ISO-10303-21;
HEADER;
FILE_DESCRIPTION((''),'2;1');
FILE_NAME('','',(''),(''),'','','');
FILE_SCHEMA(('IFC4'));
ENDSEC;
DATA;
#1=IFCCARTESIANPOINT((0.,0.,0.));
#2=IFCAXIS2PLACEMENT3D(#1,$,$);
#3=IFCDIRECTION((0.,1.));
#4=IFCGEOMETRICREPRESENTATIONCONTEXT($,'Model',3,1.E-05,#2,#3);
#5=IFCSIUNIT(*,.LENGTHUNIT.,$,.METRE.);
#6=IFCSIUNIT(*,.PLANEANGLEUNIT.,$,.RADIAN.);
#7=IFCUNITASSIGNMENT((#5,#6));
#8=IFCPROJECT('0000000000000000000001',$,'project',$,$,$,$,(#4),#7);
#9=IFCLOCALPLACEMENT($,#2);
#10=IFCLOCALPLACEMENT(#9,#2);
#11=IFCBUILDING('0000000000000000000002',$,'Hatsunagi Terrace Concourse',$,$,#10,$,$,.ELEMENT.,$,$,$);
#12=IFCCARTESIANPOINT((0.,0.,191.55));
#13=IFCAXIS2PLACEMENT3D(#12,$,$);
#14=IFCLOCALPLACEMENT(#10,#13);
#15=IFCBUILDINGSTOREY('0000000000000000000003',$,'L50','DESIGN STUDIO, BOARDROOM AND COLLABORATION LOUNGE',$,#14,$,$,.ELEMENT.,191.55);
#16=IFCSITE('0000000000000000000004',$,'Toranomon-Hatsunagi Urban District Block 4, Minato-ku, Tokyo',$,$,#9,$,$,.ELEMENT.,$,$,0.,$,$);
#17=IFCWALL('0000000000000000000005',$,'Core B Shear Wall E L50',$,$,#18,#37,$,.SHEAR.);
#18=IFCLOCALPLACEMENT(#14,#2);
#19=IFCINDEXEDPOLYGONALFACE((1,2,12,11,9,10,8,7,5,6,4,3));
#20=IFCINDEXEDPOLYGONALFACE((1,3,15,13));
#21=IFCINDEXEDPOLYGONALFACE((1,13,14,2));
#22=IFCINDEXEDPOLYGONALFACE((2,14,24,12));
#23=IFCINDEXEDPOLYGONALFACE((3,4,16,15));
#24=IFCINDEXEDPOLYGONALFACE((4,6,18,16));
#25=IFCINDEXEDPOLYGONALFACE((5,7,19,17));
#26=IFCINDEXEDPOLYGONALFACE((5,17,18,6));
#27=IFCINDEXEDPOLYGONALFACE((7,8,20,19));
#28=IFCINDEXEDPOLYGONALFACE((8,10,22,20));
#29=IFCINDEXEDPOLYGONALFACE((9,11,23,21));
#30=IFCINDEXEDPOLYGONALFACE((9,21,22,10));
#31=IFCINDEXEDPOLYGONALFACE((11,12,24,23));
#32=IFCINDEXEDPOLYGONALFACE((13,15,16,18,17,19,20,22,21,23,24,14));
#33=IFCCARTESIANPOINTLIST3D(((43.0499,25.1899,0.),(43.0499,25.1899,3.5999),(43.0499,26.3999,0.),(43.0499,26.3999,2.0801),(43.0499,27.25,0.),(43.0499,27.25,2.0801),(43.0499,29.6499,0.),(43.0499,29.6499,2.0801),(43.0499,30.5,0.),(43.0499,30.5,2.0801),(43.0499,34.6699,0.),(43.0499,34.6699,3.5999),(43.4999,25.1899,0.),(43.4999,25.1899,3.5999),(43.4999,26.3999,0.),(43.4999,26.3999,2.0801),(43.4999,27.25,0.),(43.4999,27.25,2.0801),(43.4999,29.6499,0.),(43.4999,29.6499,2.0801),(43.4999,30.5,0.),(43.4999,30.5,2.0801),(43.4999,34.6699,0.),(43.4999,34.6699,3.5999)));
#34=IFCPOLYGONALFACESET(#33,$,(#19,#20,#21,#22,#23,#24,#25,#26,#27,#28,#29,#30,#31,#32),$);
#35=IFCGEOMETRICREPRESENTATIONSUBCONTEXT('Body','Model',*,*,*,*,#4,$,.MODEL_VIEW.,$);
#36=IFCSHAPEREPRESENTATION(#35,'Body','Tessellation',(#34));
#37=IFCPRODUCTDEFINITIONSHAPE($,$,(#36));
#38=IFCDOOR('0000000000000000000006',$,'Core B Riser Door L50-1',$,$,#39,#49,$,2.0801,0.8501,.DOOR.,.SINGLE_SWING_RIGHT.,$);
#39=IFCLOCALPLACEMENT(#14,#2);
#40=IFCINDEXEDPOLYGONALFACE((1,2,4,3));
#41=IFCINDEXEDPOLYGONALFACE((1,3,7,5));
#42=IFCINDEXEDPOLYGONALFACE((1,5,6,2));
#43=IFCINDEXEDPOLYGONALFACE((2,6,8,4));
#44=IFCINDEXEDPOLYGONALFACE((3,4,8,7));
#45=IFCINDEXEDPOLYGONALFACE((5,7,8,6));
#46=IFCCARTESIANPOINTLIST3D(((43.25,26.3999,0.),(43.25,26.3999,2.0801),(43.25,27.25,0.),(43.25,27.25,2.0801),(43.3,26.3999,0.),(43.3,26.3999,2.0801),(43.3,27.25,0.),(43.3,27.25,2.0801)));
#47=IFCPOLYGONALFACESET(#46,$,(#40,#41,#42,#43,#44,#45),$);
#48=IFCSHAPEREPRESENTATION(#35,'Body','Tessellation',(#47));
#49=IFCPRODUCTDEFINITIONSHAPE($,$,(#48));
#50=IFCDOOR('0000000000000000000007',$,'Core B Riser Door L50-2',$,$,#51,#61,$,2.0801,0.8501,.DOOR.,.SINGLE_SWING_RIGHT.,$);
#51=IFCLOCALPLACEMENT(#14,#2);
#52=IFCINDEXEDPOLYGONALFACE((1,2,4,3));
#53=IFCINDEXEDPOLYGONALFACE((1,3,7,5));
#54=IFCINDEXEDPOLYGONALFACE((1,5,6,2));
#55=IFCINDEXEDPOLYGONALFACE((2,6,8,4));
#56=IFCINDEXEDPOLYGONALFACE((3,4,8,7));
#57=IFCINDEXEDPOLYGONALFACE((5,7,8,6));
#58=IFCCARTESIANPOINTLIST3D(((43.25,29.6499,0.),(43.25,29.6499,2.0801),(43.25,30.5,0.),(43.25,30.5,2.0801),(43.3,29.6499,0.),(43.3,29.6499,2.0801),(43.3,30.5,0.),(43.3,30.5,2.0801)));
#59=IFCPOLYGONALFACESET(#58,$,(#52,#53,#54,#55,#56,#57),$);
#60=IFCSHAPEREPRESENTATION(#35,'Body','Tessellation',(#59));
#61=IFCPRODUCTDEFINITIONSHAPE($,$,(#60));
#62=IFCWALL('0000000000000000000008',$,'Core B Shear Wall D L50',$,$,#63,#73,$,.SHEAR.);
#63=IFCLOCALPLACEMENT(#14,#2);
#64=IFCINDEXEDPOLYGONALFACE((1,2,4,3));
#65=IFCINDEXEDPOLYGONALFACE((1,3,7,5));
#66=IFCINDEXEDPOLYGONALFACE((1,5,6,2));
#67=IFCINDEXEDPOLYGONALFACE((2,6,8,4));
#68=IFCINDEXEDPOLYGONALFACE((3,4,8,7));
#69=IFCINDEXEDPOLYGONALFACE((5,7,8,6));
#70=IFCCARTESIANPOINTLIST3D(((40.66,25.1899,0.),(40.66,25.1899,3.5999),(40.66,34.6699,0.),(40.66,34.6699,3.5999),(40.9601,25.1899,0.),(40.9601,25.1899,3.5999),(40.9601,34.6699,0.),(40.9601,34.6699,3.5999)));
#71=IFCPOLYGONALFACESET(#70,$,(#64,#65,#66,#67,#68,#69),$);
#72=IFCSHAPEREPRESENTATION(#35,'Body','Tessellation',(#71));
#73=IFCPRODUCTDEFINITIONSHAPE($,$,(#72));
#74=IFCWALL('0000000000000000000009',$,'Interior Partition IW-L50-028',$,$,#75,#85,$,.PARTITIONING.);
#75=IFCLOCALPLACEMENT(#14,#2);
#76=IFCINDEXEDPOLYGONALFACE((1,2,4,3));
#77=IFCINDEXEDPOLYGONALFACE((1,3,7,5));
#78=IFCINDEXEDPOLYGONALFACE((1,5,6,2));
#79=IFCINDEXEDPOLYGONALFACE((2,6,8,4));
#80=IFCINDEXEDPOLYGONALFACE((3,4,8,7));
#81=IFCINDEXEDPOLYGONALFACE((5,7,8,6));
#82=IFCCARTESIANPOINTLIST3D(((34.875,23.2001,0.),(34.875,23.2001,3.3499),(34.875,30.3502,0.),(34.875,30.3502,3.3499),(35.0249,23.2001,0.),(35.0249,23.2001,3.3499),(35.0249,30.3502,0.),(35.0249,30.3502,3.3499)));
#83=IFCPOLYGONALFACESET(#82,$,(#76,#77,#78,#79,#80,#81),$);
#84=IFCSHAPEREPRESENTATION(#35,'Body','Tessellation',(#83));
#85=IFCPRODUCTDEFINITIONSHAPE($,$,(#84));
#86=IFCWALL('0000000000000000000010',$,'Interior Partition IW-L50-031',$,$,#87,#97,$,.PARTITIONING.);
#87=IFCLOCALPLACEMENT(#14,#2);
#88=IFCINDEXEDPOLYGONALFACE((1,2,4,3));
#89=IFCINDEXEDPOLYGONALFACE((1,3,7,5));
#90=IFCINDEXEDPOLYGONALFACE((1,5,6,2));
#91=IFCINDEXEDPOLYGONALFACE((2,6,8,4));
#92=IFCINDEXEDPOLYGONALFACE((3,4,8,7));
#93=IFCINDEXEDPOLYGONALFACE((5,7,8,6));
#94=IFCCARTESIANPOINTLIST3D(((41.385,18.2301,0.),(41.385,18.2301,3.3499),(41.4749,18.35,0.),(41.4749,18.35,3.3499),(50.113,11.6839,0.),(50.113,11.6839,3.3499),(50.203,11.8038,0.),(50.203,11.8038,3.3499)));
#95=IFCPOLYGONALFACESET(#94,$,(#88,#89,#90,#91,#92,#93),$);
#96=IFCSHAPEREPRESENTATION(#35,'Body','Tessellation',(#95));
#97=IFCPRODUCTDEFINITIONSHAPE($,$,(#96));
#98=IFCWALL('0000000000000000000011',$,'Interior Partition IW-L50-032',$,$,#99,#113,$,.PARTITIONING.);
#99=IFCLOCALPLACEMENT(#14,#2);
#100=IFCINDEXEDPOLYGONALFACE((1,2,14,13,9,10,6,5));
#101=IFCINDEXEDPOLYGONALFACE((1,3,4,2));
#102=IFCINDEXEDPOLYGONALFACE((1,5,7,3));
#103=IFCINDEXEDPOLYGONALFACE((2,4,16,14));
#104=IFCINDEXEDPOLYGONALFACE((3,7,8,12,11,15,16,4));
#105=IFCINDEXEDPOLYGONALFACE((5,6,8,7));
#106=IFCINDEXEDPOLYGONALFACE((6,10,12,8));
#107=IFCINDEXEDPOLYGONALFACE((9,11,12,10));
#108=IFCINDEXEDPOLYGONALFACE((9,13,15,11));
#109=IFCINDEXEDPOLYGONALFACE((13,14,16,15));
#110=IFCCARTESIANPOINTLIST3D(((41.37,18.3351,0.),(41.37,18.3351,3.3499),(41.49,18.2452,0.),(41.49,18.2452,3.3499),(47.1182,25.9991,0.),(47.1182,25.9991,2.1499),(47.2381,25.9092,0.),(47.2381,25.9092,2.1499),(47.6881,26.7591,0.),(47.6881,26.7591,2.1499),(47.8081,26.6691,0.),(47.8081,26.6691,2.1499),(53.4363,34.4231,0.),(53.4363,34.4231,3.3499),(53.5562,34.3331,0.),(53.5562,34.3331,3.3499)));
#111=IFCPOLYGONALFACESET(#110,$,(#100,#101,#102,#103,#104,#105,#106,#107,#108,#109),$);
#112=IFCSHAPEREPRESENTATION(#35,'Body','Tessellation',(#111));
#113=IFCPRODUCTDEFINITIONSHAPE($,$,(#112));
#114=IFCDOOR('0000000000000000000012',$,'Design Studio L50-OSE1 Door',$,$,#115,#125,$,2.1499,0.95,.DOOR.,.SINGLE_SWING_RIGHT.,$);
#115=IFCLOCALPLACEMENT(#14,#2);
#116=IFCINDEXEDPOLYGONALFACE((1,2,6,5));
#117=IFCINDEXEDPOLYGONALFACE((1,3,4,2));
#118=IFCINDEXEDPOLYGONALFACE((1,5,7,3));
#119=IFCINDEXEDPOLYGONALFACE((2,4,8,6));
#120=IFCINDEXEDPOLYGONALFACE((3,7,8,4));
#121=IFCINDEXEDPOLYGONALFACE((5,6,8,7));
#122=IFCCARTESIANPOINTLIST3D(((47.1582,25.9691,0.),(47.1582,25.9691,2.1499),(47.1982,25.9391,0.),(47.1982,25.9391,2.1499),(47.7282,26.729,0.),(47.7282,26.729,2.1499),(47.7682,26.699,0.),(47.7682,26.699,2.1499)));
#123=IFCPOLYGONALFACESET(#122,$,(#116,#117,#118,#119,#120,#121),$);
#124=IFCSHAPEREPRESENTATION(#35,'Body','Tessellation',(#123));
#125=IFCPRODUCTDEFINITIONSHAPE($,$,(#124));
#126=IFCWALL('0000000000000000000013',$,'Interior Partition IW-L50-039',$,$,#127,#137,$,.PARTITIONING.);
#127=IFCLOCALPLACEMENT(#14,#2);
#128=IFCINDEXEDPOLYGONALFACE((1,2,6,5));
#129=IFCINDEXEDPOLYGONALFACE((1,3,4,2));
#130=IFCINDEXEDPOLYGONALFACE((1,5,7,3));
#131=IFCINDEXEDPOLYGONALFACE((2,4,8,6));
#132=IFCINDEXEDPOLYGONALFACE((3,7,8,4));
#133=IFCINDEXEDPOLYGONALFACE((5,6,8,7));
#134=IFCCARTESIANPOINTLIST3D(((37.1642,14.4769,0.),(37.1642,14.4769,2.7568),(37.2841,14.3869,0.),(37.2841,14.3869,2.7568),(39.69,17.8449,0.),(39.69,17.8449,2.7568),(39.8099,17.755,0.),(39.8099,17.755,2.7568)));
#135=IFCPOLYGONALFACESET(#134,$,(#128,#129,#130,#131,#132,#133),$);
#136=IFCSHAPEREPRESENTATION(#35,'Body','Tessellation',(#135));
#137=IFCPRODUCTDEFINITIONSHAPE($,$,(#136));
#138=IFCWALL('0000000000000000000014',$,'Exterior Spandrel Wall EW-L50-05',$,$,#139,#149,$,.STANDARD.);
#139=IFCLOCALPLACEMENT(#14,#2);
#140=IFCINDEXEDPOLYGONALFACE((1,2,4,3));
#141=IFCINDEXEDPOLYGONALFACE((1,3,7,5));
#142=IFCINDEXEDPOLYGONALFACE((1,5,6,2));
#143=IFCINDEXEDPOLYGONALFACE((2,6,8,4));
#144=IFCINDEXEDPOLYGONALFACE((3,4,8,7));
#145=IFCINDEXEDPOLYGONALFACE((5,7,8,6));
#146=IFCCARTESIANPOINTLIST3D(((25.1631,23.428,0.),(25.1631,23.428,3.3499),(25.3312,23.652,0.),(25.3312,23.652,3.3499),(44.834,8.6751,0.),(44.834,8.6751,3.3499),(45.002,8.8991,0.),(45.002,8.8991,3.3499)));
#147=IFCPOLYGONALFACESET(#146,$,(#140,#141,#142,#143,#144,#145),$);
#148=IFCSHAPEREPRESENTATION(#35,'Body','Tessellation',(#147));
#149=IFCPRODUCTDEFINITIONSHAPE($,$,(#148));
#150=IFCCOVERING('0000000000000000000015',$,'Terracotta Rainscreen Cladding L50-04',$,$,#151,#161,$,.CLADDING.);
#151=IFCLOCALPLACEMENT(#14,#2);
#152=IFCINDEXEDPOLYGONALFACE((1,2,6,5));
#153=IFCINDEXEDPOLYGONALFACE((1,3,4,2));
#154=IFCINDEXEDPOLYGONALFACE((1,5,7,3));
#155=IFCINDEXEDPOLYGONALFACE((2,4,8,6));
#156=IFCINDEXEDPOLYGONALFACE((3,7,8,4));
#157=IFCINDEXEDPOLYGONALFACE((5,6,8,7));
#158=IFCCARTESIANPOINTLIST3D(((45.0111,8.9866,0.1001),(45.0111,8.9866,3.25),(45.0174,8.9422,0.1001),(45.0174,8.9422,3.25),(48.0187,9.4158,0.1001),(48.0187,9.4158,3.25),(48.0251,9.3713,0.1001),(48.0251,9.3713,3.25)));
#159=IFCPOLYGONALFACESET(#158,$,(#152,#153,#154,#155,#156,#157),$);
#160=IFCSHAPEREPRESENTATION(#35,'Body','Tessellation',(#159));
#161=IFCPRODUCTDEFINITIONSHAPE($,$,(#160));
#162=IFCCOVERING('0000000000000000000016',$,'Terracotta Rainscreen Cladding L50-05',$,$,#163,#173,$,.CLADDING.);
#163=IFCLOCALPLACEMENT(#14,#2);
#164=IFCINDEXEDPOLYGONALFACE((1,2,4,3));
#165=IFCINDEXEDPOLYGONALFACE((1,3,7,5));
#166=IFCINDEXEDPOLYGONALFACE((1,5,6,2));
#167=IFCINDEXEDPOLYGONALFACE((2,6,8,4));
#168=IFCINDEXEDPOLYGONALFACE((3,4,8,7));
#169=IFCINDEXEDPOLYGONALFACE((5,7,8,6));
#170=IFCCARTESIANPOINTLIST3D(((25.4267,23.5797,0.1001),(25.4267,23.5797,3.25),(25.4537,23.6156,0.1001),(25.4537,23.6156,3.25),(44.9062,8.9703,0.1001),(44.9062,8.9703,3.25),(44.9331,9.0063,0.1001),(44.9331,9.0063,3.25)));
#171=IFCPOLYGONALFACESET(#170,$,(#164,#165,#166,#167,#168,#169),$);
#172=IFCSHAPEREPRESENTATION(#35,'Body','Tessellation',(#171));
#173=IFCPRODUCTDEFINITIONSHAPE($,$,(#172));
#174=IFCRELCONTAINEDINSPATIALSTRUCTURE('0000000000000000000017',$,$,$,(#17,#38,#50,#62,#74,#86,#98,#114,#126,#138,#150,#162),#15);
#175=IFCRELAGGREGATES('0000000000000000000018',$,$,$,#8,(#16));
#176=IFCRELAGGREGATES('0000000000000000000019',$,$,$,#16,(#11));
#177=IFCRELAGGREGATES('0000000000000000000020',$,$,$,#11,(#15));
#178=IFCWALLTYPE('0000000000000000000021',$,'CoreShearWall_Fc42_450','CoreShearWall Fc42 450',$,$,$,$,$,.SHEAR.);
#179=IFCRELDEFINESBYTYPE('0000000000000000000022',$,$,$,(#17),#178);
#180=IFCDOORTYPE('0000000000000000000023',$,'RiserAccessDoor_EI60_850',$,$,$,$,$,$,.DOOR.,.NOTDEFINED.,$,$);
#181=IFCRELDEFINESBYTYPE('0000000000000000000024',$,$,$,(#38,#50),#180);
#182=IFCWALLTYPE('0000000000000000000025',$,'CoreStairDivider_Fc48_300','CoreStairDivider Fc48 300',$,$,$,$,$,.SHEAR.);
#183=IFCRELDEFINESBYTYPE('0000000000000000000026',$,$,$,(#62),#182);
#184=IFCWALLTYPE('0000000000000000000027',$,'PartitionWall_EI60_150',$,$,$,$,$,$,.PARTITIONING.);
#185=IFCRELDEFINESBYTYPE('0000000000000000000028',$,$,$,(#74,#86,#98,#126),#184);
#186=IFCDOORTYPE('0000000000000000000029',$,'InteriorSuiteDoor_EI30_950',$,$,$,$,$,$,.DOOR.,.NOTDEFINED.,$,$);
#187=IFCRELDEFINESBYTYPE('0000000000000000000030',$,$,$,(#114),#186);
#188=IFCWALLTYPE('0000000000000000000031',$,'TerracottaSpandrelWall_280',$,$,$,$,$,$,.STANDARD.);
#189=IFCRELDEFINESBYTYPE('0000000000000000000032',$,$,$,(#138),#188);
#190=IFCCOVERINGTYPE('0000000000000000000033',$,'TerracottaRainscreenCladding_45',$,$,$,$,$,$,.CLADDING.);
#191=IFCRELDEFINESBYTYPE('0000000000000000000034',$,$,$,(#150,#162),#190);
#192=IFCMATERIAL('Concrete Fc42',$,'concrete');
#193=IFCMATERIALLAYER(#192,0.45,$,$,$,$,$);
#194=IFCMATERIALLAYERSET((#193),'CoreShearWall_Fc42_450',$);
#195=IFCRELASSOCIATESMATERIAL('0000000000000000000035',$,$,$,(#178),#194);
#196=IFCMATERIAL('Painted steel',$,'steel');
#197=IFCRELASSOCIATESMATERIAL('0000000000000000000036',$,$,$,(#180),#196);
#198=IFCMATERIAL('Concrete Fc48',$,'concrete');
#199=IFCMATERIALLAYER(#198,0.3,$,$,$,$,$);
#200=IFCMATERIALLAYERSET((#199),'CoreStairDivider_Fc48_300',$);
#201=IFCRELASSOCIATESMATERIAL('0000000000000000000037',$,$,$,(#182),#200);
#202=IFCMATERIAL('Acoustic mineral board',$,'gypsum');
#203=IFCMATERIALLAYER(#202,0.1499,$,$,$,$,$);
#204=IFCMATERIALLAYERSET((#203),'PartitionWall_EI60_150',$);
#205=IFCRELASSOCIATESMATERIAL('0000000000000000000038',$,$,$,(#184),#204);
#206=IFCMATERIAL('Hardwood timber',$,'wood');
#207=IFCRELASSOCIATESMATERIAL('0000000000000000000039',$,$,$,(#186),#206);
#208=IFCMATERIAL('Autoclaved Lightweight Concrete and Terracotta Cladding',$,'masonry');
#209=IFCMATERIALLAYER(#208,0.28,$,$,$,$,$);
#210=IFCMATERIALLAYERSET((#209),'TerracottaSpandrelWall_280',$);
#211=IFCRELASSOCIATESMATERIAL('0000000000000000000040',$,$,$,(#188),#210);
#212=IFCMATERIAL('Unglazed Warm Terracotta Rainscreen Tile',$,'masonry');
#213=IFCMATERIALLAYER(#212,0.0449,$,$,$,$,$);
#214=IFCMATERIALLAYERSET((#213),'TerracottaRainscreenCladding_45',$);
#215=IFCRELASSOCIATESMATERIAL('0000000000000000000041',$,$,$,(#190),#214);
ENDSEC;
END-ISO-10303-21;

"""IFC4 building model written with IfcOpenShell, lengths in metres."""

from ifc_helpers import new_model, si_unit, direction, frame, frame_2d, origin, origin_2d, place, context, subcontext, project, spatial, rectangle, extrude, material, layer, layer_set, type_object, element, fill, save


model = new_model("IFC4")

# Units and contexts
model_context = context("Model", 3, precision=1e-05, world=origin(), true_north=direction((0.0, 1.0)))
body_context = subcontext(model_context, "Body", "Model", "MODEL_VIEW")
ifc_project = project(units=[si_unit("LENGTHUNIT", "METRE"), si_unit("PLANEANGLEUNIT", "RADIAN")], contexts=[model_context])

# Site, building, storey
site_placement = place(None, origin())
site = spatial("IfcSite", under=ifc_project, at=site_placement, Name="Toranomon-Hatsunagi Urban District Block 4, Minato-ku, Tokyo", CompositionType="ELEMENT", RefElevation=0.0)
building_placement = place(site_placement, origin())
building = spatial("IfcBuilding", under=site, at=building_placement, Name="Hatsunagi Terrace Concourse", CompositionType="ELEMENT")
storey_placement = place(building_placement, frame((0.0, 0.0, 191.55)))
storey = spatial("IfcBuildingStorey", under=building, at=storey_placement, Name="L50", Description="DESIGN STUDIO, BOARDROOM AND COLLABORATION LOUNGE", CompositionType="ELEMENT", Elevation=191.55)

# Shared definitions
ifc_material_1 = material(Name="Concrete Fc42", Category="concrete")
ifc_layer_1 = layer(ifc_material_1, 0.45)
ifc_layer_set_1 = layer_set([ifc_layer_1], Name="CoreShearWall_Fc42_450")
wall_type_1 = type_object("IfcWallType", Name="CoreShearWall_Fc42_450", Description="CoreShearWall Fc42 450", PredefinedType="SHEAR", material=ifc_layer_set_1)

# Wall, openings, doors
wall_1_placement = place(storey_placement, frame((43.2749, 25.1899, 0.0), z_axis=(0.0, 0.0, 1.0), x_axis=(0.0, 1.0, 0.0)))
wall_1 = element("IfcWall", 1, at=wall_1_placement, inside=storey, type_object=wall_type_1, Name="Core B Shear Wall E L50", PredefinedType="SHEAR", context=body_context, shape_type="SweptSolid", body=[
    extrude(rectangle(XDim=9.48, YDim=0.45, at=frame_2d((4.74, 0.0))), origin(), (0.0, 0.0, 1.0), 3.5999),
])
opening_1_placement = place(wall_1_placement, frame((1.21, 0.0, 0.0)))
opening_1 = element("IfcOpeningElement", 2, at=opening_1_placement, cuts=wall_1, PredefinedType="OPENING", context=body_context, shape_type="SweptSolid", body=[
    extrude(rectangle(XDim=0.8501, YDim=2.0801, at=frame_2d((0.425, 1.04))), frame((0.0, 0.2349, 0.0), z_axis=(0.0, -1.0, 0.0), x_axis=(1.0, 0.0, 0.0)), (0.0, 0.0, 1.0), 0.47),
])
opening_2_placement = place(wall_1_placement, frame((4.46, 0.0, 0.0)))
opening_2 = element("IfcOpeningElement", 3, at=opening_2_placement, cuts=wall_1, PredefinedType="OPENING", context=body_context, shape_type="SweptSolid", body=[
    extrude(rectangle(XDim=0.8501, YDim=2.0801, at=frame_2d((0.425, 1.04))), frame((0.0, 0.2349, 0.0), z_axis=(0.0, -1.0, 0.0), x_axis=(1.0, 0.0, 0.0)), (0.0, 0.0, 1.0), 0.47),
])
ifc_material_2 = material(Name="Painted steel", Category="steel")
door_type_1 = type_object("IfcDoorType", Name="RiserAccessDoor_EI60_850", OperationType="NOTDEFINED", PredefinedType="DOOR", material=ifc_material_2)
door_1_placement = place(opening_1_placement, origin())
door_1 = element("IfcDoor", 4, at=door_1_placement, inside=storey, type_object=door_type_1, Name="Core B Riser Door L50-1", OperationType="SINGLE_SWING_RIGHT", OverallHeight=2.0801, OverallWidth=0.8501, PredefinedType="DOOR", context=body_context, shape_type="SweptSolid", body=[
    extrude(rectangle(XDim=0.8501, YDim=2.0801, at=frame_2d((0.425, 1.04))), frame((0.0, 0.0249, 0.0), z_axis=(0.0, -1.0, 0.0), x_axis=(1.0, 0.0, 0.0)), (0.0, 0.0, 1.0), 0.05),
])
fill(opening_1, door_1)
door_2_placement = place(opening_2_placement, origin())
door_2 = element("IfcDoor", 5, at=door_2_placement, inside=storey, type_object=door_type_1, Name="Core B Riser Door L50-2", OperationType="SINGLE_SWING_RIGHT", OverallHeight=2.0801, OverallWidth=0.8501, PredefinedType="DOOR", context=body_context, shape_type="SweptSolid", body=[
    extrude(rectangle(XDim=0.8501, YDim=2.0801, at=frame_2d((0.425, 1.04))), frame((0.0, 0.0249, 0.0), z_axis=(0.0, -1.0, 0.0), x_axis=(1.0, 0.0, 0.0)), (0.0, 0.0, 1.0), 0.05),
])
fill(opening_2, door_2)

# Walls
ifc_material_3 = material(Name="Concrete Fc48", Category="concrete")
ifc_layer_2 = layer(ifc_material_3, 0.3)
ifc_layer_set_2 = layer_set([ifc_layer_2], Name="CoreStairDivider_Fc48_300")
wall_type_2 = type_object("IfcWallType", Name="CoreStairDivider_Fc48_300", Description="CoreStairDivider Fc48 300", PredefinedType="SHEAR", material=ifc_layer_set_2)
wall_2_placement = place(storey_placement, frame((40.8101, 25.1899, 0.0), z_axis=(0.0, 0.0, 1.0), x_axis=(0.0, 1.0, 0.0)))
element("IfcWall", 6, at=wall_2_placement, inside=storey, type_object=wall_type_2, Name="Core B Shear Wall D L50", PredefinedType="SHEAR", context=body_context, shape_type="SweptSolid", body=[
    extrude(rectangle(XDim=9.48, YDim=0.3, at=frame_2d((4.74, 0.0))), origin(), (0.0, 0.0, 1.0), 3.5999),
])
ifc_material_4 = material(Name="Acoustic mineral board", Category="gypsum")
ifc_layer_3 = layer(ifc_material_4, 0.1499)
ifc_layer_set_3 = layer_set([ifc_layer_3], Name="PartitionWall_EI60_150")
wall_type_3 = type_object("IfcWallType", Name="PartitionWall_EI60_150", PredefinedType="PARTITIONING", material=ifc_layer_set_3)
wall_3_placement = place(storey_placement, frame((34.95, 23.2, 0.0), z_axis=(0.0, 0.0, 1.0), x_axis=(0.0, 1.0, 0.0)))
element("IfcWall", 7, at=wall_3_placement, inside=storey, type_object=wall_type_3, Name="Interior Partition IW-L50-028", PredefinedType="PARTITIONING", context=body_context, shape_type="SweptSolid", body=[
    extrude(rectangle(XDim=7.1501, YDim=0.1499, at=frame_2d((3.5752, 0.0))), origin(), (0.0, 0.0, 1.0), 3.3499),
])
wall_4_placement = place(storey_placement, frame((41.4299, 18.29, 0.0), z_axis=(0.0, 0.0, 1.0), x_axis=(0.799995, -0.600007, 0.0)))
element("IfcWall", 8, at=wall_4_placement, inside=storey, type_object=wall_type_3, Name="Interior Partition IW-L50-031", PredefinedType="PARTITIONING", context=body_context, shape_type="SweptSolid", body=[
    extrude(rectangle(XDim=10.9102, YDim=0.1499, at=frame_2d((5.4551, 0.0))), origin(), (0.0, 0.0, 1.0), 3.3499),
])

# Wall, opening, door
wall_5_placement = place(storey_placement, frame((41.4299, 18.29, 0.0), z_axis=(0.0, 0.0, 1.0), x_axis=(0.600008, 0.799994, 0.0)))
wall_5 = element("IfcWall", 9, at=wall_5_placement, inside=storey, type_object=wall_type_3, Name="Interior Partition IW-L50-032", PredefinedType="PARTITIONING", context=body_context, shape_type="SweptSolid", body=[
    extrude(rectangle(XDim=20.1101, YDim=0.1499, at=frame_2d((10.0552, 0.0))), origin(), (0.0, 0.0, 1.0), 3.3499),
])
opening_3_placement = place(wall_5_placement, frame((9.5801, 0.0, 0.0)))
opening_3 = element("IfcOpeningElement", 10, at=opening_3_placement, cuts=wall_5, PredefinedType="OPENING", context=body_context, shape_type="SweptSolid", body=[
    extrude(rectangle(XDim=0.95, YDim=2.1499, at=frame_2d((0.4751, 1.075))), frame((0.0, 0.085, 0.0), z_axis=(0.0, -1.0, 0.0), x_axis=(1.0, 0.0, 0.0)), (0.0, 0.0, 1.0), 0.1699),
])
ifc_material_5 = material(Name="Hardwood timber", Category="wood")
door_type_2 = type_object("IfcDoorType", Name="InteriorSuiteDoor_EI30_950", OperationType="NOTDEFINED", PredefinedType="DOOR", material=ifc_material_5)
door_3_placement = place(opening_3_placement, origin())
door_3 = element("IfcDoor", 11, at=door_3_placement, inside=storey, type_object=door_type_2, Name="Design Studio L50-OSE1 Door", OperationType="SINGLE_SWING_RIGHT", OverallHeight=2.1499, OverallWidth=0.95, PredefinedType="DOOR", context=body_context, shape_type="SweptSolid", body=[
    extrude(rectangle(XDim=0.95, YDim=2.1499, at=frame_2d((0.4751, 1.075))), frame((0.0, 0.0249, 0.0), z_axis=(0.0, -1.0, 0.0), x_axis=(1.0, 0.0, 0.0)), (0.0, 0.0, 1.0), 0.05),
])
fill(opening_3, door_3)

# Walls
wall_6_placement = place(storey_placement, frame((37.2241, 14.4319, 0.0), z_axis=(0.0, 0.0, 1.0), x_axis=(0.599963, 0.800028, 0.0)))
element("IfcWall", 12, at=wall_6_placement, inside=storey, type_object=wall_type_3, Name="Interior Partition IW-L50-039", PredefinedType="PARTITIONING", context=body_context, shape_type="SweptSolid", body=[
    extrude(rectangle(XDim=4.21, YDim=0.1499, at=frame_2d((2.105, 0.0))), origin(), (0.0, 0.0, 1.0), 2.7568),
])
ifc_material_6 = material(Name="Autoclaved Lightweight Concrete and Terracotta Cladding", Category="masonry")
ifc_layer_4 = layer(ifc_material_6, 0.28)
ifc_layer_set_4 = layer_set([ifc_layer_4], Name="TerracottaSpandrelWall_280")
wall_type_4 = type_object("IfcWallType", Name="TerracottaSpandrelWall_280", PredefinedType="STANDARD", material=ifc_layer_set_4)
wall_7_placement = place(storey_placement, frame((44.918, 8.7871, 0.0), z_axis=(0.0, 0.0, 1.0), x_axis=(-0.800005, 0.599994, 0.0)))
element("IfcWall", 13, at=wall_7_placement, inside=storey, type_object=wall_type_4, Name="Exterior Spandrel Wall EW-L50-05", PredefinedType="STANDARD", context=body_context, shape_type="SweptSolid", body=[
    extrude(rectangle(XDim=24.5884, YDim=0.28, at=frame_2d((12.2942, 0.0))), origin(), (0.0, 0.0, 1.0), 3.3499),
])

# Coverings
ifc_material_7 = material(Name="Unglazed Warm Terracotta Rainscreen Tile", Category="masonry")
ifc_layer_5 = layer(ifc_material_7, 0.0449)
ifc_layer_set_5 = layer_set([ifc_layer_5], Name="TerracottaRainscreenCladding_45")
covering_type = type_object("IfcCoveringType", Name="TerracottaRainscreenCladding_45", PredefinedType="CLADDING", material=ifc_layer_set_5)
covering_1_placement = place(storey_placement, frame((46.5181, 9.179, 0.1001), z_axis=(0.0, 0.0, 1.0), x_axis=(-0.989974, -0.14125, 0.0)))
element("IfcCovering", 14, at=covering_1_placement, inside=storey, type_object=covering_type, Name="Terracotta Rainscreen Cladding L50-04", PredefinedType="CLADDING", context=body_context, shape_type="SweptSolid", body=[
    extrude(rectangle(XDim=3.0381, YDim=0.0449, at=origin_2d()), origin(), (0.0, 0.0, 1.0), 3.1499),
])
covering_2_placement = place(storey_placement, frame((35.1799, 16.293, 0.1001), z_axis=(0.0, 0.0, 1.0), x_axis=(-0.800005, 0.599993, 0.0)))
element("IfcCovering", 15, at=covering_2_placement, inside=storey, type_object=covering_type, Name="Terracotta Rainscreen Cladding L50-05", PredefinedType="CLADDING", context=body_context, shape_type="SweptSolid", body=[
    extrude(rectangle(XDim=24.3491, YDim=0.0449, at=origin_2d()), origin(), (0.0, 0.0, 1.0), 3.1499),
])

save(model, "model.ifc")
